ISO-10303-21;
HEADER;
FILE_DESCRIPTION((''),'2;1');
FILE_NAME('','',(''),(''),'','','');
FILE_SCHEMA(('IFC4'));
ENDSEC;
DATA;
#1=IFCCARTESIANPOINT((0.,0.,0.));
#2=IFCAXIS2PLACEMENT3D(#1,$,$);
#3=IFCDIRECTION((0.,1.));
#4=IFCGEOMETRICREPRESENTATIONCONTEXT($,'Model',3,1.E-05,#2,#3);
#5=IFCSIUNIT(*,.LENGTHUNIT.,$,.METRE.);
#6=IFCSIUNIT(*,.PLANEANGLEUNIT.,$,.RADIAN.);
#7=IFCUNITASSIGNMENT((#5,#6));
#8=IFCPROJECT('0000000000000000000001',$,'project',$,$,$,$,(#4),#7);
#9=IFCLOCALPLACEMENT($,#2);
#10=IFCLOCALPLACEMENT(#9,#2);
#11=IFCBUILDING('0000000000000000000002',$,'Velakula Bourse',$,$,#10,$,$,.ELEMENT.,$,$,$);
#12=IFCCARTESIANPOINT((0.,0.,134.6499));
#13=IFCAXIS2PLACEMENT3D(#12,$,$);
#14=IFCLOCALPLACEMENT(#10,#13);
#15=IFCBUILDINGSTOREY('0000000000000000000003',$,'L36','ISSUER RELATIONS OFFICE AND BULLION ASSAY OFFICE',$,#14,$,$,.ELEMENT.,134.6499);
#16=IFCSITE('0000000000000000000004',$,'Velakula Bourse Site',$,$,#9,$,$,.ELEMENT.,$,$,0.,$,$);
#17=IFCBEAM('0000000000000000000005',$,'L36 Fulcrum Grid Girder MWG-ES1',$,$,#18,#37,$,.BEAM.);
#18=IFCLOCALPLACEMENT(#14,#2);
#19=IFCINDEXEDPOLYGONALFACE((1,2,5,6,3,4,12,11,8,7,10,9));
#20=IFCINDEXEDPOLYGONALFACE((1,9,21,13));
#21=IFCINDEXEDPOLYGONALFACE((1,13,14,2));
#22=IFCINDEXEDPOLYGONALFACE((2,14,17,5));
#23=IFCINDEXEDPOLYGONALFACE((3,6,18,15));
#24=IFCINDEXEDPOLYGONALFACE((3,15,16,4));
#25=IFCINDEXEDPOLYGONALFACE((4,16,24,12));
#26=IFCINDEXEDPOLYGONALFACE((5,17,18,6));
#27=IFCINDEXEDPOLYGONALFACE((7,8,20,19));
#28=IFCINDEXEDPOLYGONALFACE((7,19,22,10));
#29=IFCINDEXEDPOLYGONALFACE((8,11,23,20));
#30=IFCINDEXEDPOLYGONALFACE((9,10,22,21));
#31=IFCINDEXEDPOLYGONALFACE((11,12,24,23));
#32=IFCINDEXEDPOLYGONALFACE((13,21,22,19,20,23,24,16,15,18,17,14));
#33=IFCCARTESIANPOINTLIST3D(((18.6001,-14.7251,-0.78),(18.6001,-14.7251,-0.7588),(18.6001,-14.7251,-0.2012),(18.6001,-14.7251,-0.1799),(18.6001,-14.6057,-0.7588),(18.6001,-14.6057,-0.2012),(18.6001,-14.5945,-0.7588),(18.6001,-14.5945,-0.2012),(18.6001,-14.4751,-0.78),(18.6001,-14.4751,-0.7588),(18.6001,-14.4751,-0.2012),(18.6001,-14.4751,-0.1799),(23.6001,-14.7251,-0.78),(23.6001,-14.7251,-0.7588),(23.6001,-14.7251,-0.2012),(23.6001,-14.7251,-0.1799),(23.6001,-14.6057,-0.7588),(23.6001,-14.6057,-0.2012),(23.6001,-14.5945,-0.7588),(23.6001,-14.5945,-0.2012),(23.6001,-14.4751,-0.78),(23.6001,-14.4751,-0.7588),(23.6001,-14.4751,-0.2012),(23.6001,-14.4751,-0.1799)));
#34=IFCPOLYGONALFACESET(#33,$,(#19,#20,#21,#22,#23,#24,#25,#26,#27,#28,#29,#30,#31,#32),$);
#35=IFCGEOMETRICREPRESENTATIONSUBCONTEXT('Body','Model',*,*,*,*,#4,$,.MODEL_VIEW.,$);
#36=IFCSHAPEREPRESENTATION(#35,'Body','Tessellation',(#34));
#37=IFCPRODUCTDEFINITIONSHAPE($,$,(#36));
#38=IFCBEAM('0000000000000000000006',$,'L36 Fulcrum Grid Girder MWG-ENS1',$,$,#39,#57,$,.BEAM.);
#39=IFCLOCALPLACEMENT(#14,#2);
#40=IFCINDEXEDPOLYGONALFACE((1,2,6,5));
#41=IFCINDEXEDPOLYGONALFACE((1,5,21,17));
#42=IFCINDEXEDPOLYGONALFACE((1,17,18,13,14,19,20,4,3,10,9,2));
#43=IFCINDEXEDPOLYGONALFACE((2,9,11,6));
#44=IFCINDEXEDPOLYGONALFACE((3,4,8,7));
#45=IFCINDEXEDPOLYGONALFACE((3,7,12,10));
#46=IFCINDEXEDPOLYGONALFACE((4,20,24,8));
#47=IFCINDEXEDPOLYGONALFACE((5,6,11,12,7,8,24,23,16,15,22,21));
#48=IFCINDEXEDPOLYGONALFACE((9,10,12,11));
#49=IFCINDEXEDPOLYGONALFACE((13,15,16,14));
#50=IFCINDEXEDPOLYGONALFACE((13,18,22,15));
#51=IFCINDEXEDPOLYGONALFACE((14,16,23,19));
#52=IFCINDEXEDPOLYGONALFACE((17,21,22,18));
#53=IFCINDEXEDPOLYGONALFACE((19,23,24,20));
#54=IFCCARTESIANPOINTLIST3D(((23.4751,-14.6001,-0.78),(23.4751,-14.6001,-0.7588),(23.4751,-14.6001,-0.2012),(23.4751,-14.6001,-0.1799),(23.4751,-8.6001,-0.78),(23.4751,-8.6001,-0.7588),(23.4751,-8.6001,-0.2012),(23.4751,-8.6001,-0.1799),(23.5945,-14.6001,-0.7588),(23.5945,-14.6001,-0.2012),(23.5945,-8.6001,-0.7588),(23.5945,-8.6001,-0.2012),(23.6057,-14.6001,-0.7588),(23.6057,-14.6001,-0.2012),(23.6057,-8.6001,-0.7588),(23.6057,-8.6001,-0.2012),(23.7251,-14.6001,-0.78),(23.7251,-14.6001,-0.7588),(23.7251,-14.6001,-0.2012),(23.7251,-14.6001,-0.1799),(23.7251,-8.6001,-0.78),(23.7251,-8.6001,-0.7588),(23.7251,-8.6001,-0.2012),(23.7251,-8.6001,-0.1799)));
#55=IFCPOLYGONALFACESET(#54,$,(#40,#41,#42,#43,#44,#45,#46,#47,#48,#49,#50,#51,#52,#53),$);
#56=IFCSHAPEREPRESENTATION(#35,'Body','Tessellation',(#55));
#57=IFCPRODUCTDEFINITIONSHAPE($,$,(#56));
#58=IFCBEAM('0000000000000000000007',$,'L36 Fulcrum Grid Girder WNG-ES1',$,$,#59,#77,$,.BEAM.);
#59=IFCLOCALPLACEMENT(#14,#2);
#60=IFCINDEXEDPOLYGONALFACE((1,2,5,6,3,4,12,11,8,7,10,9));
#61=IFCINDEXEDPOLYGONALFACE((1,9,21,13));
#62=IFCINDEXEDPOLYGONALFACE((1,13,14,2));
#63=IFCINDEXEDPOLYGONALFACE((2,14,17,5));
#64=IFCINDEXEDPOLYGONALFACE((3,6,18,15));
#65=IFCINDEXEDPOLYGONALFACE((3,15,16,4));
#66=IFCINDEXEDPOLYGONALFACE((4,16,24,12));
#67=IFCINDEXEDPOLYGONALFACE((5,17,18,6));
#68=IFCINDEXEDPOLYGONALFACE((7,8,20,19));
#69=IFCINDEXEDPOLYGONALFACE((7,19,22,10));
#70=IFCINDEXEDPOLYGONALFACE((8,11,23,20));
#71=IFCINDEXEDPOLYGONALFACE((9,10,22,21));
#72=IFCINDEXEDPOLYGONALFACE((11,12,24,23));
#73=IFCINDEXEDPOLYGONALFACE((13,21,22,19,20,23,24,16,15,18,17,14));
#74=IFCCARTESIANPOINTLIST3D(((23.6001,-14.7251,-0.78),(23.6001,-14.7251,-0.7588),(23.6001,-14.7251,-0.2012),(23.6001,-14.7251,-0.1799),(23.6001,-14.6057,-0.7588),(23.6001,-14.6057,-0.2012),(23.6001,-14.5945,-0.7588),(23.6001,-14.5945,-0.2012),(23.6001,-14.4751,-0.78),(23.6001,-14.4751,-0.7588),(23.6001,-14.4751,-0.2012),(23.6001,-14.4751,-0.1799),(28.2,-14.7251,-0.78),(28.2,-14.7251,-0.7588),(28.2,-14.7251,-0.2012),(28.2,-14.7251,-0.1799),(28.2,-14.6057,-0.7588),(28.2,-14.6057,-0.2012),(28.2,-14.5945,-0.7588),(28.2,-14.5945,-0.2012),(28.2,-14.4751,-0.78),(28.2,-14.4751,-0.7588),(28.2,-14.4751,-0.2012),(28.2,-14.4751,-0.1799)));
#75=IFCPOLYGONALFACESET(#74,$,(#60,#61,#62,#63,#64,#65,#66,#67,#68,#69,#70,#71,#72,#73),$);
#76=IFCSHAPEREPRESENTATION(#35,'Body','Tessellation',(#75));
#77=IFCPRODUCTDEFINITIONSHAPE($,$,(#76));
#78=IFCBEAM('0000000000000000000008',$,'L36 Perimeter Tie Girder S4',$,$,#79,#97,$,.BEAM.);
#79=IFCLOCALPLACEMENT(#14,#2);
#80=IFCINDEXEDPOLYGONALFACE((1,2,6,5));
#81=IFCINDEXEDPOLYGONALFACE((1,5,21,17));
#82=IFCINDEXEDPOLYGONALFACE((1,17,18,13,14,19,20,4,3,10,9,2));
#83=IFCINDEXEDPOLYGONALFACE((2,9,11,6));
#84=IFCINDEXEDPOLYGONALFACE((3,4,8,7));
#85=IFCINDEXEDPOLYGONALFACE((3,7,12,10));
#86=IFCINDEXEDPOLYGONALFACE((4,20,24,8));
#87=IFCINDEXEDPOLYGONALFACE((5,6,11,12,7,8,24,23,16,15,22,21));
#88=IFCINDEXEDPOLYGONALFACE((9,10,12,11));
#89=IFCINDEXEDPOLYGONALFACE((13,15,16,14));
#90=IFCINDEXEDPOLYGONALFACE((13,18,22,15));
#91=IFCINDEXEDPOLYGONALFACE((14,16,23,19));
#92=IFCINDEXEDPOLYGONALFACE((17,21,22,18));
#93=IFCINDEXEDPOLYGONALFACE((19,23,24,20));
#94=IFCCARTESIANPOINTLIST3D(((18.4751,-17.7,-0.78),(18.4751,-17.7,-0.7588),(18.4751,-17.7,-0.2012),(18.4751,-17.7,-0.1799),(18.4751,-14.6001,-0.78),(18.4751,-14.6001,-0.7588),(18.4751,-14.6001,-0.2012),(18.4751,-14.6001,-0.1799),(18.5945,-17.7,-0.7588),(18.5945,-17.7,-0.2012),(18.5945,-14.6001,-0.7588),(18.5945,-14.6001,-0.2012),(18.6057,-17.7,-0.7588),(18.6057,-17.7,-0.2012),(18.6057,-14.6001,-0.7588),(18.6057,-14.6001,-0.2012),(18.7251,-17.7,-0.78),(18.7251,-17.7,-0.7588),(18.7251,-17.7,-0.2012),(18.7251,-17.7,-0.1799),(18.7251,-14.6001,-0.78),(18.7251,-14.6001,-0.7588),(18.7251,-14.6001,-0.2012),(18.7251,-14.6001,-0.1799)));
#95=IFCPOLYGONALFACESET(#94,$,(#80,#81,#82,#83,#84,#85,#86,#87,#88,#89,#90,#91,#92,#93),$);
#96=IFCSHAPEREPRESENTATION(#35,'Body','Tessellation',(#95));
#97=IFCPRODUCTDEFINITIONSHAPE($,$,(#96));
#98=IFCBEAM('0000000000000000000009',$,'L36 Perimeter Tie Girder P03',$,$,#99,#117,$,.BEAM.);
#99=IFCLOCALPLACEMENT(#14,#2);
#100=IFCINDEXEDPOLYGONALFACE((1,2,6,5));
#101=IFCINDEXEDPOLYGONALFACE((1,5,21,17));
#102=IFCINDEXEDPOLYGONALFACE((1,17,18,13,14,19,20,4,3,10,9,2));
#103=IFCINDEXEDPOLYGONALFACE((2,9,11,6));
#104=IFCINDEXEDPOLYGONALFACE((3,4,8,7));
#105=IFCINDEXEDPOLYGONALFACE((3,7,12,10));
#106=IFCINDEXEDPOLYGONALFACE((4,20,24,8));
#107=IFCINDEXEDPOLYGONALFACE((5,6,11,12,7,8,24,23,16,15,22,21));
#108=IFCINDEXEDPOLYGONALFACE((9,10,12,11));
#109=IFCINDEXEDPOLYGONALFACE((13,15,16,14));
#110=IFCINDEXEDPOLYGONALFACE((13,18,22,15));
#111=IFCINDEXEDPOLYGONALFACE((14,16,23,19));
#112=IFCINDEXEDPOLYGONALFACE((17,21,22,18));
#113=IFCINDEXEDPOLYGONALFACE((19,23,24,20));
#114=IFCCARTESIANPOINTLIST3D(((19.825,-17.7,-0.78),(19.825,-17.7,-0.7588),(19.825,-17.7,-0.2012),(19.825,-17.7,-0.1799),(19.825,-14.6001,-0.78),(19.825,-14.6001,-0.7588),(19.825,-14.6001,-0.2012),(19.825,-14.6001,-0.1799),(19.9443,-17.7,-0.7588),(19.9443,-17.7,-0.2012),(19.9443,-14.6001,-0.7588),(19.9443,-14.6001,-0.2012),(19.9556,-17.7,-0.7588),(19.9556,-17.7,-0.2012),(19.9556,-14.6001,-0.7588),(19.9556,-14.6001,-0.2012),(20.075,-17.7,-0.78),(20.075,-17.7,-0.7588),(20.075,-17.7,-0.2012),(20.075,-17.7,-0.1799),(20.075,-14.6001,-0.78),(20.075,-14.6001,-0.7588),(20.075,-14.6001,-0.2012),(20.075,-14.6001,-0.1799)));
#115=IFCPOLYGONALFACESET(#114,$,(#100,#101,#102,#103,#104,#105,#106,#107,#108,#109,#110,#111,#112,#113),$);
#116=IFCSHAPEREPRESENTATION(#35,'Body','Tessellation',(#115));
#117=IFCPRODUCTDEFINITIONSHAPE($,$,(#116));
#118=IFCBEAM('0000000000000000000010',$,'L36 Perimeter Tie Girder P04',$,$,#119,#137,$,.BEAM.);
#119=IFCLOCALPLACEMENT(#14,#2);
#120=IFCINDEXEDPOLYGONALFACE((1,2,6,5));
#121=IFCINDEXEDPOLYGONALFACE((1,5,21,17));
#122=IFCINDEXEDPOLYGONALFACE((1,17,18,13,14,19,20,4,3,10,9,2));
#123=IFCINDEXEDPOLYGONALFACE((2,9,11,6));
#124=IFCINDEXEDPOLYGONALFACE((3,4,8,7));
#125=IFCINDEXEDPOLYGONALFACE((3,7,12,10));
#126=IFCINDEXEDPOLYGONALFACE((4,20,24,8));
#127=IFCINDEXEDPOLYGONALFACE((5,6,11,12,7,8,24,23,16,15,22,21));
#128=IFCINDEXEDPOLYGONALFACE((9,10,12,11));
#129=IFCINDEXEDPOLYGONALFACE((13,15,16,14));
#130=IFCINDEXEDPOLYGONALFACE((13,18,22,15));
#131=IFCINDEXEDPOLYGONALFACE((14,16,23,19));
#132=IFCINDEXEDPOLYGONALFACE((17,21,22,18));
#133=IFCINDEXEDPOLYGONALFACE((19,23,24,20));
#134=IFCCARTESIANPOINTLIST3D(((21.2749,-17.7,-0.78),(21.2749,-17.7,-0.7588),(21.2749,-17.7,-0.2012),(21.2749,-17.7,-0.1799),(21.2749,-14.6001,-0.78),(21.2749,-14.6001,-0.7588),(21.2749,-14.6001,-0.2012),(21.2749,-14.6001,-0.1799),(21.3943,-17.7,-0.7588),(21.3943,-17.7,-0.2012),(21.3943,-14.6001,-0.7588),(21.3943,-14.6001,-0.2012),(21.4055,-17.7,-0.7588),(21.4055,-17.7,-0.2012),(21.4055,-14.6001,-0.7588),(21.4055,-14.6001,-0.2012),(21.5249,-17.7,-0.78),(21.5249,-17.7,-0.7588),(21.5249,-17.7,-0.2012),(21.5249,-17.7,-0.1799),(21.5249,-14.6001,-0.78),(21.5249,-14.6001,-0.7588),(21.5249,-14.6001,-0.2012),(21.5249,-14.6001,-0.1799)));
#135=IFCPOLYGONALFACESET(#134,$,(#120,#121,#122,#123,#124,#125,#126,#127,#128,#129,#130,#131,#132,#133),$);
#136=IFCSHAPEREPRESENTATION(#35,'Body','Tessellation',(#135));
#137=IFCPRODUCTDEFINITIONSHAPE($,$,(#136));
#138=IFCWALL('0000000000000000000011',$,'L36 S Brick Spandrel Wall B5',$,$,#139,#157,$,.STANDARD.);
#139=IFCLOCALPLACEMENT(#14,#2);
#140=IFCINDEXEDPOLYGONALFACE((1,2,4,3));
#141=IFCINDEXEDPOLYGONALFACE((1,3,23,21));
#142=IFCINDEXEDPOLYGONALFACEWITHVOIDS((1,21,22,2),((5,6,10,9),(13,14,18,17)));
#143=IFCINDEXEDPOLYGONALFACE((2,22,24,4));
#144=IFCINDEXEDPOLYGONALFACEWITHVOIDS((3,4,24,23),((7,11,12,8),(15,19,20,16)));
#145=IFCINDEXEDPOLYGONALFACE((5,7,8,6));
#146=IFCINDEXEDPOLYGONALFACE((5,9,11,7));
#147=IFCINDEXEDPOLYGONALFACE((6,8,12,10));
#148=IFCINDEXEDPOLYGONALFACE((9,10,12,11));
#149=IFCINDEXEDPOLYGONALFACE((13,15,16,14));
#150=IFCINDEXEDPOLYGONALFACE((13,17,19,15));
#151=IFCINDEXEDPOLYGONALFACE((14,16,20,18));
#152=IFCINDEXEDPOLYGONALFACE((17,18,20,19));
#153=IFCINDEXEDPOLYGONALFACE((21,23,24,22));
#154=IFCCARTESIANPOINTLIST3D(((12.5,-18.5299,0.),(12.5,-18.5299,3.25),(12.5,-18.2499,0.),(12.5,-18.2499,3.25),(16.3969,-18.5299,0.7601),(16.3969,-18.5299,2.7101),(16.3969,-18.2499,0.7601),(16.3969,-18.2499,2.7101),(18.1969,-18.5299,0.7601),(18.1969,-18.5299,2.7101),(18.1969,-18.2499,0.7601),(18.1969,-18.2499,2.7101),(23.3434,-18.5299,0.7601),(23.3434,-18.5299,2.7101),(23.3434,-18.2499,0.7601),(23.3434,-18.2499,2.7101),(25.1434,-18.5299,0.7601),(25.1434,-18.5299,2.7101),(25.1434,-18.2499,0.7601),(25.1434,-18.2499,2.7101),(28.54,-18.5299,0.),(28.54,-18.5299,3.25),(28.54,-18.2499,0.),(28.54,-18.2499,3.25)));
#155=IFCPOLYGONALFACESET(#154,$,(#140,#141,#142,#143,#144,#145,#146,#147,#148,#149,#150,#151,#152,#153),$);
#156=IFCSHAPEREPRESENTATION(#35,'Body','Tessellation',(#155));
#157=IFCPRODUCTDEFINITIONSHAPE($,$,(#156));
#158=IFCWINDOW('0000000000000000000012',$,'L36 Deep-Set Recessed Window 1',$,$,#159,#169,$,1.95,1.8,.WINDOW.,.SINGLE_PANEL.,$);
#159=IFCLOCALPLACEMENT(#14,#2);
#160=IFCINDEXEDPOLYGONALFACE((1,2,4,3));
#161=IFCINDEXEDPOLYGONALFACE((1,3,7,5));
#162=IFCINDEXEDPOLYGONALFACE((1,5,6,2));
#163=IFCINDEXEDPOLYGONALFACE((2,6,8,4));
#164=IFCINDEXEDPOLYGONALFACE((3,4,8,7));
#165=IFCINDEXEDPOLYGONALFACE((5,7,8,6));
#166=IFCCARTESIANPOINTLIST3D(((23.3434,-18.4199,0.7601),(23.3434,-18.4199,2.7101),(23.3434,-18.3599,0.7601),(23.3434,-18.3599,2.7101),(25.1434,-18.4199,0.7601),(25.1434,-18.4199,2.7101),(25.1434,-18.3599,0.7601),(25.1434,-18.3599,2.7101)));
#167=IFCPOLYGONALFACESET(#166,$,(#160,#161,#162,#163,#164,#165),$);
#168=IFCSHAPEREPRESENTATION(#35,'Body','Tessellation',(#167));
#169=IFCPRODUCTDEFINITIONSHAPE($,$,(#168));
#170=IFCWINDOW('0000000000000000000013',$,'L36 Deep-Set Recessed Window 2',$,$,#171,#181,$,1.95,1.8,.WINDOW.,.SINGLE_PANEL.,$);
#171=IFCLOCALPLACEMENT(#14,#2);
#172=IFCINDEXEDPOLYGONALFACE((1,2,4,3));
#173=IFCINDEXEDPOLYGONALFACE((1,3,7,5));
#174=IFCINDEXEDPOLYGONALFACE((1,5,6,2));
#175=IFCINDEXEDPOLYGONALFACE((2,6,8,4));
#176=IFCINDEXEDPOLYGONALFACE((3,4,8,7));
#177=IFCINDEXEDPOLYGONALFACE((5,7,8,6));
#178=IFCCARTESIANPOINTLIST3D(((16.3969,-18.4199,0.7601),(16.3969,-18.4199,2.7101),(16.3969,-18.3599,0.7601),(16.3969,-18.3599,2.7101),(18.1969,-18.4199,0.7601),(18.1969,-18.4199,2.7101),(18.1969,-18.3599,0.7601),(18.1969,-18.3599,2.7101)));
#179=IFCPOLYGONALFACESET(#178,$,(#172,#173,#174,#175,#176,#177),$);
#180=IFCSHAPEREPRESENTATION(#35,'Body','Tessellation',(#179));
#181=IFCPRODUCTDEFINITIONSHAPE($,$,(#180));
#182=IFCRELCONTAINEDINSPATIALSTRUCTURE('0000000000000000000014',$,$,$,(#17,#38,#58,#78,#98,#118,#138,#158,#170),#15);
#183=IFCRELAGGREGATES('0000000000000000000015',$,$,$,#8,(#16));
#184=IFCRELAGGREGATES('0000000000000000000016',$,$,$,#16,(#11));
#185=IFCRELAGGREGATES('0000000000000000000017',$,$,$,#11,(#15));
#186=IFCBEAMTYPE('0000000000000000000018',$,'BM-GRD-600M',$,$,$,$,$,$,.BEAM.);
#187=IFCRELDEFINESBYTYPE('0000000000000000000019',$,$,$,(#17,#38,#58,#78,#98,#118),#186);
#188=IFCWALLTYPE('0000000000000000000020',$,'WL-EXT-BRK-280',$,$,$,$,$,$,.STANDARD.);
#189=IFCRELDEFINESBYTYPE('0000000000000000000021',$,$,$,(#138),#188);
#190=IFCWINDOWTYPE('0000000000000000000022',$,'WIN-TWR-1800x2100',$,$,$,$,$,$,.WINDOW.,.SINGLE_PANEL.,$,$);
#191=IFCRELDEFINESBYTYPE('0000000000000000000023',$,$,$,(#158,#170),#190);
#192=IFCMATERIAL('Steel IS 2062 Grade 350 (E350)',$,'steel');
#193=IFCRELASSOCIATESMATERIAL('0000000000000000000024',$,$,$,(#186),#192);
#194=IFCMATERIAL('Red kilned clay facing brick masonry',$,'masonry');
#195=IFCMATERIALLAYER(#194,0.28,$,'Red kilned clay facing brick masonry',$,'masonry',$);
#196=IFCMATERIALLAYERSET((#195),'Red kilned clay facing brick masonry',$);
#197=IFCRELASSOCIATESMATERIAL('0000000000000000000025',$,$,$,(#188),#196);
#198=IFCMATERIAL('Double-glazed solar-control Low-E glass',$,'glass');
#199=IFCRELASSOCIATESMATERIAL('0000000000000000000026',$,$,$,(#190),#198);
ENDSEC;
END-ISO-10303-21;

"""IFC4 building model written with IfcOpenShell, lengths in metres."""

from ifc_helpers import new_model, si_unit, direction, frame, frame_2d, origin, origin_2d, place, context, subcontext, project, spatial, rectangle, i_section, extrude, material, layer, layer_set, material_profile, profile_set, type_object, element, fill, save


model = new_model("IFC4")

# Units and contexts
model_context = context("Model", 3, precision=1e-05, world=origin(), true_north=direction((0.0, 1.0)))
body_context = subcontext(model_context, "Body", "Model", "MODEL_VIEW")
ifc_project = project(units=[si_unit("LENGTHUNIT", "METRE"), si_unit("PLANEANGLEUNIT", "RADIAN")], contexts=[model_context])

# Site, building, storey
site_placement = place(None, origin())
site = spatial("IfcSite", under=ifc_project, at=site_placement, Name="Velakula Bourse Site", CompositionType="ELEMENT", RefElevation=0.0)
building_placement = place(site_placement, origin())
building = spatial("IfcBuilding", under=site, at=building_placement, Name="Velakula Bourse", CompositionType="ELEMENT")
storey_placement = place(building_placement, frame((0.0, 0.0, 134.6499)))
storey = spatial("IfcBuildingStorey", under=building, at=storey_placement, Name="L36", Description="ISSUER RELATIONS OFFICE AND BULLION ASSAY OFFICE", CompositionType="ELEMENT", Elevation=134.6499)

# Shared definitions
ifc_material_1 = material(Name="Steel IS 2062 Grade 350 (E350)", Category="steel")

# Beams
ifc_material_profile_1 = material_profile(ifc_material_1, i_section(OverallWidth=0.25, OverallDepth=0.6001, WebThickness=0.0112, FlangeThickness=0.0212, at=origin_2d()), Name="Steel IS 2062 Grade 350 (E350)")
ifc_profile_set_1 = profile_set([ifc_material_profile_1], Name="Steel IS 2062 Grade 350 (E350)")
beam_type = type_object("IfcBeamType", Name="BM-GRD-600M", PredefinedType="BEAM", material=ifc_profile_set_1)
beam_1_placement = place(storey_placement, frame((18.6001, -14.6001, -0.48), z_axis=(1.0, 0.0, 0.0), x_axis=(0.0, 1.0, 0.0)))
element("IfcBeam", 1, at=beam_1_placement, inside=storey, type_object=beam_type, Name="L36 Fulcrum Grid Girder MWG-ES1", PredefinedType="BEAM", context=body_context, shape_type="SweptSolid", body=[
    extrude(i_section(OverallWidth=0.25, OverallDepth=0.6001, WebThickness=0.0112, FlangeThickness=0.0212, at=origin_2d()), origin(), (0.0, 0.0, 1.0), 5.0),
])
beam_2_placement = place(storey_placement, frame((23.6001, -14.6001, -0.48), z_axis=(0.0, 1.0, 0.0), x_axis=(-1.0, 0.0, 0.0)))
element("IfcBeam", 2, at=beam_2_placement, inside=storey, type_object=beam_type, Name="L36 Fulcrum Grid Girder MWG-ENS1", PredefinedType="BEAM", context=body_context, shape_type="SweptSolid", body=[
    extrude(i_section(OverallWidth=0.25, OverallDepth=0.6001, WebThickness=0.0112, FlangeThickness=0.0212, at=origin_2d()), origin(), (0.0, 0.0, 1.0), 6.0),
])
beam_3_placement = place(storey_placement, frame((23.6001, -14.6001, -0.48), z_axis=(1.0, 0.0, 0.0), x_axis=(0.0, 1.0, 0.0)))
element("IfcBeam", 3, at=beam_3_placement, inside=storey, type_object=beam_type, Name="L36 Fulcrum Grid Girder WNG-ES1", PredefinedType="BEAM", context=body_context, shape_type="SweptSolid", body=[
    extrude(i_section(OverallWidth=0.25, OverallDepth=0.6001, WebThickness=0.0112, FlangeThickness=0.0212, at=origin_2d()), origin(), (0.0, 0.0, 1.0), 4.5999),
])
for number, where, z_axis, x_axis, name in (
    (4, (18.6001, -14.6001, -0.48), (0.0, -1.0, 0.0), (1.0, 0.0, 0.0), "L36 Perimeter Tie Girder S4"),
    (5, (19.95, -14.6001, -0.48), (0.0, -1.0, 0.0), (1.0, 0.0, 0.0), "L36 Perimeter Tie Girder P03"),
    (6, (21.3999, -14.6001, -0.48), (0.0, -1.0, 0.0), (1.0, 0.0, 0.0), "L36 Perimeter Tie Girder P04"),
):
    element("IfcBeam", number, at=place(storey_placement, frame(where, z_axis=z_axis, x_axis=x_axis)), inside=storey, type_object=beam_type, Name=name, PredefinedType="BEAM", context=body_context, shape_type="SweptSolid", body=[
        extrude(i_section(OverallWidth=0.25, OverallDepth=0.6001, WebThickness=0.0112, FlangeThickness=0.0212, at=origin_2d()), origin(), (0.0, 0.0, 1.0), 3.0999),
    ])

# Wall, openings, windows
ifc_material_2 = material(Name="Red kilned clay facing brick masonry", Category="masonry")
ifc_layer_1 = layer(ifc_material_2, 0.28, Name="Red kilned clay facing brick masonry", Category="masonry")
ifc_layer_set_1 = layer_set([ifc_layer_1], Name="Red kilned clay facing brick masonry")
wall_type_1 = type_object("IfcWallType", Name="WL-EXT-BRK-280", PredefinedType="STANDARD", material=ifc_layer_set_1)
wall_placement = place(storey_placement, frame((28.54, -18.3899, 0.0), z_axis=(0.0, 0.0, 1.0), x_axis=(-1.0, 0.0, 0.0)))
wall = element("IfcWall", 7, at=wall_placement, inside=storey, type_object=wall_type_1, Name="L36 S Brick Spandrel Wall B5", PredefinedType="STANDARD", context=body_context, shape_type="SweptSolid", body=[
    extrude(rectangle(XDim=16.04, YDim=0.28, at=frame_2d((8.02, 0.0))), origin(), (0.0, 0.0, 1.0), 3.25),
])
opening_1_placement = place(wall_placement, frame((3.3967, 0.0, 0.76)))
opening_1 = element("IfcOpeningElement", 8, at=opening_1_placement, cuts=wall, PredefinedType="OPENING", context=body_context, shape_type="SweptSolid", body=[
    extrude(rectangle(XDim=1.8, YDim=1.95, at=frame_2d((0.8999, 0.9751))), frame((0.0, 0.1499, 0.0), z_axis=(0.0, -1.0, 0.0), x_axis=(1.0, 0.0, 0.0)), (0.0, 0.0, 1.0), 0.3),
])
opening_2_placement = place(wall_placement, frame((10.3433, 0.0, 0.76)))
opening_2 = element("IfcOpeningElement", 9, at=opening_2_placement, cuts=wall, PredefinedType="OPENING", context=body_context, shape_type="SweptSolid", body=[
    extrude(rectangle(XDim=1.8, YDim=1.95, at=frame_2d((0.8999, 0.9751))), frame((0.0, 0.1499, 0.0), z_axis=(0.0, -1.0, 0.0), x_axis=(1.0, 0.0, 0.0)), (0.0, 0.0, 1.0), 0.3),
])
ifc_material_3 = material(Name="Double-glazed solar-control Low-E glass", Category="glass")
window_type = type_object("IfcWindowType", Name="WIN-TWR-1800x2100", PartitioningType="SINGLE_PANEL", PredefinedType="WINDOW", material=ifc_material_3)
window_1_placement = place(opening_1_placement, origin())
window_1 = element("IfcWindow", 10, at=window_1_placement, inside=storey, type_object=window_type, Name="L36 Deep-Set Recessed Window 1", OverallHeight=1.95, OverallWidth=1.8, PartitioningType="SINGLE_PANEL", PredefinedType="WINDOW", context=body_context, shape_type="SweptSolid", body=[
    extrude(rectangle(XDim=1.8, YDim=1.95, at=frame_2d((0.8999, 0.9751))), frame((0.0, 0.03, 0.0), z_axis=(0.0, -1.0, 0.0), x_axis=(1.0, 0.0, 0.0)), (0.0, 0.0, 1.0), 0.0601),
])
fill(opening_1, window_1)
window_2_placement = place(opening_2_placement, origin())
window_2 = element("IfcWindow", 11, at=window_2_placement, inside=storey, type_object=window_type, Name="L36 Deep-Set Recessed Window 2", OverallHeight=1.95, OverallWidth=1.8, PartitioningType="SINGLE_PANEL", PredefinedType="WINDOW", context=body_context, shape_type="SweptSolid", body=[
    extrude(rectangle(XDim=1.8, YDim=1.95, at=frame_2d((0.8999, 0.9751))), frame((0.0, 0.03, 0.0), z_axis=(0.0, -1.0, 0.0), x_axis=(1.0, 0.0, 0.0)), (0.0, 0.0, 1.0), 0.0601),
])
fill(opening_2, window_2)

save(model, "model.ifc")
